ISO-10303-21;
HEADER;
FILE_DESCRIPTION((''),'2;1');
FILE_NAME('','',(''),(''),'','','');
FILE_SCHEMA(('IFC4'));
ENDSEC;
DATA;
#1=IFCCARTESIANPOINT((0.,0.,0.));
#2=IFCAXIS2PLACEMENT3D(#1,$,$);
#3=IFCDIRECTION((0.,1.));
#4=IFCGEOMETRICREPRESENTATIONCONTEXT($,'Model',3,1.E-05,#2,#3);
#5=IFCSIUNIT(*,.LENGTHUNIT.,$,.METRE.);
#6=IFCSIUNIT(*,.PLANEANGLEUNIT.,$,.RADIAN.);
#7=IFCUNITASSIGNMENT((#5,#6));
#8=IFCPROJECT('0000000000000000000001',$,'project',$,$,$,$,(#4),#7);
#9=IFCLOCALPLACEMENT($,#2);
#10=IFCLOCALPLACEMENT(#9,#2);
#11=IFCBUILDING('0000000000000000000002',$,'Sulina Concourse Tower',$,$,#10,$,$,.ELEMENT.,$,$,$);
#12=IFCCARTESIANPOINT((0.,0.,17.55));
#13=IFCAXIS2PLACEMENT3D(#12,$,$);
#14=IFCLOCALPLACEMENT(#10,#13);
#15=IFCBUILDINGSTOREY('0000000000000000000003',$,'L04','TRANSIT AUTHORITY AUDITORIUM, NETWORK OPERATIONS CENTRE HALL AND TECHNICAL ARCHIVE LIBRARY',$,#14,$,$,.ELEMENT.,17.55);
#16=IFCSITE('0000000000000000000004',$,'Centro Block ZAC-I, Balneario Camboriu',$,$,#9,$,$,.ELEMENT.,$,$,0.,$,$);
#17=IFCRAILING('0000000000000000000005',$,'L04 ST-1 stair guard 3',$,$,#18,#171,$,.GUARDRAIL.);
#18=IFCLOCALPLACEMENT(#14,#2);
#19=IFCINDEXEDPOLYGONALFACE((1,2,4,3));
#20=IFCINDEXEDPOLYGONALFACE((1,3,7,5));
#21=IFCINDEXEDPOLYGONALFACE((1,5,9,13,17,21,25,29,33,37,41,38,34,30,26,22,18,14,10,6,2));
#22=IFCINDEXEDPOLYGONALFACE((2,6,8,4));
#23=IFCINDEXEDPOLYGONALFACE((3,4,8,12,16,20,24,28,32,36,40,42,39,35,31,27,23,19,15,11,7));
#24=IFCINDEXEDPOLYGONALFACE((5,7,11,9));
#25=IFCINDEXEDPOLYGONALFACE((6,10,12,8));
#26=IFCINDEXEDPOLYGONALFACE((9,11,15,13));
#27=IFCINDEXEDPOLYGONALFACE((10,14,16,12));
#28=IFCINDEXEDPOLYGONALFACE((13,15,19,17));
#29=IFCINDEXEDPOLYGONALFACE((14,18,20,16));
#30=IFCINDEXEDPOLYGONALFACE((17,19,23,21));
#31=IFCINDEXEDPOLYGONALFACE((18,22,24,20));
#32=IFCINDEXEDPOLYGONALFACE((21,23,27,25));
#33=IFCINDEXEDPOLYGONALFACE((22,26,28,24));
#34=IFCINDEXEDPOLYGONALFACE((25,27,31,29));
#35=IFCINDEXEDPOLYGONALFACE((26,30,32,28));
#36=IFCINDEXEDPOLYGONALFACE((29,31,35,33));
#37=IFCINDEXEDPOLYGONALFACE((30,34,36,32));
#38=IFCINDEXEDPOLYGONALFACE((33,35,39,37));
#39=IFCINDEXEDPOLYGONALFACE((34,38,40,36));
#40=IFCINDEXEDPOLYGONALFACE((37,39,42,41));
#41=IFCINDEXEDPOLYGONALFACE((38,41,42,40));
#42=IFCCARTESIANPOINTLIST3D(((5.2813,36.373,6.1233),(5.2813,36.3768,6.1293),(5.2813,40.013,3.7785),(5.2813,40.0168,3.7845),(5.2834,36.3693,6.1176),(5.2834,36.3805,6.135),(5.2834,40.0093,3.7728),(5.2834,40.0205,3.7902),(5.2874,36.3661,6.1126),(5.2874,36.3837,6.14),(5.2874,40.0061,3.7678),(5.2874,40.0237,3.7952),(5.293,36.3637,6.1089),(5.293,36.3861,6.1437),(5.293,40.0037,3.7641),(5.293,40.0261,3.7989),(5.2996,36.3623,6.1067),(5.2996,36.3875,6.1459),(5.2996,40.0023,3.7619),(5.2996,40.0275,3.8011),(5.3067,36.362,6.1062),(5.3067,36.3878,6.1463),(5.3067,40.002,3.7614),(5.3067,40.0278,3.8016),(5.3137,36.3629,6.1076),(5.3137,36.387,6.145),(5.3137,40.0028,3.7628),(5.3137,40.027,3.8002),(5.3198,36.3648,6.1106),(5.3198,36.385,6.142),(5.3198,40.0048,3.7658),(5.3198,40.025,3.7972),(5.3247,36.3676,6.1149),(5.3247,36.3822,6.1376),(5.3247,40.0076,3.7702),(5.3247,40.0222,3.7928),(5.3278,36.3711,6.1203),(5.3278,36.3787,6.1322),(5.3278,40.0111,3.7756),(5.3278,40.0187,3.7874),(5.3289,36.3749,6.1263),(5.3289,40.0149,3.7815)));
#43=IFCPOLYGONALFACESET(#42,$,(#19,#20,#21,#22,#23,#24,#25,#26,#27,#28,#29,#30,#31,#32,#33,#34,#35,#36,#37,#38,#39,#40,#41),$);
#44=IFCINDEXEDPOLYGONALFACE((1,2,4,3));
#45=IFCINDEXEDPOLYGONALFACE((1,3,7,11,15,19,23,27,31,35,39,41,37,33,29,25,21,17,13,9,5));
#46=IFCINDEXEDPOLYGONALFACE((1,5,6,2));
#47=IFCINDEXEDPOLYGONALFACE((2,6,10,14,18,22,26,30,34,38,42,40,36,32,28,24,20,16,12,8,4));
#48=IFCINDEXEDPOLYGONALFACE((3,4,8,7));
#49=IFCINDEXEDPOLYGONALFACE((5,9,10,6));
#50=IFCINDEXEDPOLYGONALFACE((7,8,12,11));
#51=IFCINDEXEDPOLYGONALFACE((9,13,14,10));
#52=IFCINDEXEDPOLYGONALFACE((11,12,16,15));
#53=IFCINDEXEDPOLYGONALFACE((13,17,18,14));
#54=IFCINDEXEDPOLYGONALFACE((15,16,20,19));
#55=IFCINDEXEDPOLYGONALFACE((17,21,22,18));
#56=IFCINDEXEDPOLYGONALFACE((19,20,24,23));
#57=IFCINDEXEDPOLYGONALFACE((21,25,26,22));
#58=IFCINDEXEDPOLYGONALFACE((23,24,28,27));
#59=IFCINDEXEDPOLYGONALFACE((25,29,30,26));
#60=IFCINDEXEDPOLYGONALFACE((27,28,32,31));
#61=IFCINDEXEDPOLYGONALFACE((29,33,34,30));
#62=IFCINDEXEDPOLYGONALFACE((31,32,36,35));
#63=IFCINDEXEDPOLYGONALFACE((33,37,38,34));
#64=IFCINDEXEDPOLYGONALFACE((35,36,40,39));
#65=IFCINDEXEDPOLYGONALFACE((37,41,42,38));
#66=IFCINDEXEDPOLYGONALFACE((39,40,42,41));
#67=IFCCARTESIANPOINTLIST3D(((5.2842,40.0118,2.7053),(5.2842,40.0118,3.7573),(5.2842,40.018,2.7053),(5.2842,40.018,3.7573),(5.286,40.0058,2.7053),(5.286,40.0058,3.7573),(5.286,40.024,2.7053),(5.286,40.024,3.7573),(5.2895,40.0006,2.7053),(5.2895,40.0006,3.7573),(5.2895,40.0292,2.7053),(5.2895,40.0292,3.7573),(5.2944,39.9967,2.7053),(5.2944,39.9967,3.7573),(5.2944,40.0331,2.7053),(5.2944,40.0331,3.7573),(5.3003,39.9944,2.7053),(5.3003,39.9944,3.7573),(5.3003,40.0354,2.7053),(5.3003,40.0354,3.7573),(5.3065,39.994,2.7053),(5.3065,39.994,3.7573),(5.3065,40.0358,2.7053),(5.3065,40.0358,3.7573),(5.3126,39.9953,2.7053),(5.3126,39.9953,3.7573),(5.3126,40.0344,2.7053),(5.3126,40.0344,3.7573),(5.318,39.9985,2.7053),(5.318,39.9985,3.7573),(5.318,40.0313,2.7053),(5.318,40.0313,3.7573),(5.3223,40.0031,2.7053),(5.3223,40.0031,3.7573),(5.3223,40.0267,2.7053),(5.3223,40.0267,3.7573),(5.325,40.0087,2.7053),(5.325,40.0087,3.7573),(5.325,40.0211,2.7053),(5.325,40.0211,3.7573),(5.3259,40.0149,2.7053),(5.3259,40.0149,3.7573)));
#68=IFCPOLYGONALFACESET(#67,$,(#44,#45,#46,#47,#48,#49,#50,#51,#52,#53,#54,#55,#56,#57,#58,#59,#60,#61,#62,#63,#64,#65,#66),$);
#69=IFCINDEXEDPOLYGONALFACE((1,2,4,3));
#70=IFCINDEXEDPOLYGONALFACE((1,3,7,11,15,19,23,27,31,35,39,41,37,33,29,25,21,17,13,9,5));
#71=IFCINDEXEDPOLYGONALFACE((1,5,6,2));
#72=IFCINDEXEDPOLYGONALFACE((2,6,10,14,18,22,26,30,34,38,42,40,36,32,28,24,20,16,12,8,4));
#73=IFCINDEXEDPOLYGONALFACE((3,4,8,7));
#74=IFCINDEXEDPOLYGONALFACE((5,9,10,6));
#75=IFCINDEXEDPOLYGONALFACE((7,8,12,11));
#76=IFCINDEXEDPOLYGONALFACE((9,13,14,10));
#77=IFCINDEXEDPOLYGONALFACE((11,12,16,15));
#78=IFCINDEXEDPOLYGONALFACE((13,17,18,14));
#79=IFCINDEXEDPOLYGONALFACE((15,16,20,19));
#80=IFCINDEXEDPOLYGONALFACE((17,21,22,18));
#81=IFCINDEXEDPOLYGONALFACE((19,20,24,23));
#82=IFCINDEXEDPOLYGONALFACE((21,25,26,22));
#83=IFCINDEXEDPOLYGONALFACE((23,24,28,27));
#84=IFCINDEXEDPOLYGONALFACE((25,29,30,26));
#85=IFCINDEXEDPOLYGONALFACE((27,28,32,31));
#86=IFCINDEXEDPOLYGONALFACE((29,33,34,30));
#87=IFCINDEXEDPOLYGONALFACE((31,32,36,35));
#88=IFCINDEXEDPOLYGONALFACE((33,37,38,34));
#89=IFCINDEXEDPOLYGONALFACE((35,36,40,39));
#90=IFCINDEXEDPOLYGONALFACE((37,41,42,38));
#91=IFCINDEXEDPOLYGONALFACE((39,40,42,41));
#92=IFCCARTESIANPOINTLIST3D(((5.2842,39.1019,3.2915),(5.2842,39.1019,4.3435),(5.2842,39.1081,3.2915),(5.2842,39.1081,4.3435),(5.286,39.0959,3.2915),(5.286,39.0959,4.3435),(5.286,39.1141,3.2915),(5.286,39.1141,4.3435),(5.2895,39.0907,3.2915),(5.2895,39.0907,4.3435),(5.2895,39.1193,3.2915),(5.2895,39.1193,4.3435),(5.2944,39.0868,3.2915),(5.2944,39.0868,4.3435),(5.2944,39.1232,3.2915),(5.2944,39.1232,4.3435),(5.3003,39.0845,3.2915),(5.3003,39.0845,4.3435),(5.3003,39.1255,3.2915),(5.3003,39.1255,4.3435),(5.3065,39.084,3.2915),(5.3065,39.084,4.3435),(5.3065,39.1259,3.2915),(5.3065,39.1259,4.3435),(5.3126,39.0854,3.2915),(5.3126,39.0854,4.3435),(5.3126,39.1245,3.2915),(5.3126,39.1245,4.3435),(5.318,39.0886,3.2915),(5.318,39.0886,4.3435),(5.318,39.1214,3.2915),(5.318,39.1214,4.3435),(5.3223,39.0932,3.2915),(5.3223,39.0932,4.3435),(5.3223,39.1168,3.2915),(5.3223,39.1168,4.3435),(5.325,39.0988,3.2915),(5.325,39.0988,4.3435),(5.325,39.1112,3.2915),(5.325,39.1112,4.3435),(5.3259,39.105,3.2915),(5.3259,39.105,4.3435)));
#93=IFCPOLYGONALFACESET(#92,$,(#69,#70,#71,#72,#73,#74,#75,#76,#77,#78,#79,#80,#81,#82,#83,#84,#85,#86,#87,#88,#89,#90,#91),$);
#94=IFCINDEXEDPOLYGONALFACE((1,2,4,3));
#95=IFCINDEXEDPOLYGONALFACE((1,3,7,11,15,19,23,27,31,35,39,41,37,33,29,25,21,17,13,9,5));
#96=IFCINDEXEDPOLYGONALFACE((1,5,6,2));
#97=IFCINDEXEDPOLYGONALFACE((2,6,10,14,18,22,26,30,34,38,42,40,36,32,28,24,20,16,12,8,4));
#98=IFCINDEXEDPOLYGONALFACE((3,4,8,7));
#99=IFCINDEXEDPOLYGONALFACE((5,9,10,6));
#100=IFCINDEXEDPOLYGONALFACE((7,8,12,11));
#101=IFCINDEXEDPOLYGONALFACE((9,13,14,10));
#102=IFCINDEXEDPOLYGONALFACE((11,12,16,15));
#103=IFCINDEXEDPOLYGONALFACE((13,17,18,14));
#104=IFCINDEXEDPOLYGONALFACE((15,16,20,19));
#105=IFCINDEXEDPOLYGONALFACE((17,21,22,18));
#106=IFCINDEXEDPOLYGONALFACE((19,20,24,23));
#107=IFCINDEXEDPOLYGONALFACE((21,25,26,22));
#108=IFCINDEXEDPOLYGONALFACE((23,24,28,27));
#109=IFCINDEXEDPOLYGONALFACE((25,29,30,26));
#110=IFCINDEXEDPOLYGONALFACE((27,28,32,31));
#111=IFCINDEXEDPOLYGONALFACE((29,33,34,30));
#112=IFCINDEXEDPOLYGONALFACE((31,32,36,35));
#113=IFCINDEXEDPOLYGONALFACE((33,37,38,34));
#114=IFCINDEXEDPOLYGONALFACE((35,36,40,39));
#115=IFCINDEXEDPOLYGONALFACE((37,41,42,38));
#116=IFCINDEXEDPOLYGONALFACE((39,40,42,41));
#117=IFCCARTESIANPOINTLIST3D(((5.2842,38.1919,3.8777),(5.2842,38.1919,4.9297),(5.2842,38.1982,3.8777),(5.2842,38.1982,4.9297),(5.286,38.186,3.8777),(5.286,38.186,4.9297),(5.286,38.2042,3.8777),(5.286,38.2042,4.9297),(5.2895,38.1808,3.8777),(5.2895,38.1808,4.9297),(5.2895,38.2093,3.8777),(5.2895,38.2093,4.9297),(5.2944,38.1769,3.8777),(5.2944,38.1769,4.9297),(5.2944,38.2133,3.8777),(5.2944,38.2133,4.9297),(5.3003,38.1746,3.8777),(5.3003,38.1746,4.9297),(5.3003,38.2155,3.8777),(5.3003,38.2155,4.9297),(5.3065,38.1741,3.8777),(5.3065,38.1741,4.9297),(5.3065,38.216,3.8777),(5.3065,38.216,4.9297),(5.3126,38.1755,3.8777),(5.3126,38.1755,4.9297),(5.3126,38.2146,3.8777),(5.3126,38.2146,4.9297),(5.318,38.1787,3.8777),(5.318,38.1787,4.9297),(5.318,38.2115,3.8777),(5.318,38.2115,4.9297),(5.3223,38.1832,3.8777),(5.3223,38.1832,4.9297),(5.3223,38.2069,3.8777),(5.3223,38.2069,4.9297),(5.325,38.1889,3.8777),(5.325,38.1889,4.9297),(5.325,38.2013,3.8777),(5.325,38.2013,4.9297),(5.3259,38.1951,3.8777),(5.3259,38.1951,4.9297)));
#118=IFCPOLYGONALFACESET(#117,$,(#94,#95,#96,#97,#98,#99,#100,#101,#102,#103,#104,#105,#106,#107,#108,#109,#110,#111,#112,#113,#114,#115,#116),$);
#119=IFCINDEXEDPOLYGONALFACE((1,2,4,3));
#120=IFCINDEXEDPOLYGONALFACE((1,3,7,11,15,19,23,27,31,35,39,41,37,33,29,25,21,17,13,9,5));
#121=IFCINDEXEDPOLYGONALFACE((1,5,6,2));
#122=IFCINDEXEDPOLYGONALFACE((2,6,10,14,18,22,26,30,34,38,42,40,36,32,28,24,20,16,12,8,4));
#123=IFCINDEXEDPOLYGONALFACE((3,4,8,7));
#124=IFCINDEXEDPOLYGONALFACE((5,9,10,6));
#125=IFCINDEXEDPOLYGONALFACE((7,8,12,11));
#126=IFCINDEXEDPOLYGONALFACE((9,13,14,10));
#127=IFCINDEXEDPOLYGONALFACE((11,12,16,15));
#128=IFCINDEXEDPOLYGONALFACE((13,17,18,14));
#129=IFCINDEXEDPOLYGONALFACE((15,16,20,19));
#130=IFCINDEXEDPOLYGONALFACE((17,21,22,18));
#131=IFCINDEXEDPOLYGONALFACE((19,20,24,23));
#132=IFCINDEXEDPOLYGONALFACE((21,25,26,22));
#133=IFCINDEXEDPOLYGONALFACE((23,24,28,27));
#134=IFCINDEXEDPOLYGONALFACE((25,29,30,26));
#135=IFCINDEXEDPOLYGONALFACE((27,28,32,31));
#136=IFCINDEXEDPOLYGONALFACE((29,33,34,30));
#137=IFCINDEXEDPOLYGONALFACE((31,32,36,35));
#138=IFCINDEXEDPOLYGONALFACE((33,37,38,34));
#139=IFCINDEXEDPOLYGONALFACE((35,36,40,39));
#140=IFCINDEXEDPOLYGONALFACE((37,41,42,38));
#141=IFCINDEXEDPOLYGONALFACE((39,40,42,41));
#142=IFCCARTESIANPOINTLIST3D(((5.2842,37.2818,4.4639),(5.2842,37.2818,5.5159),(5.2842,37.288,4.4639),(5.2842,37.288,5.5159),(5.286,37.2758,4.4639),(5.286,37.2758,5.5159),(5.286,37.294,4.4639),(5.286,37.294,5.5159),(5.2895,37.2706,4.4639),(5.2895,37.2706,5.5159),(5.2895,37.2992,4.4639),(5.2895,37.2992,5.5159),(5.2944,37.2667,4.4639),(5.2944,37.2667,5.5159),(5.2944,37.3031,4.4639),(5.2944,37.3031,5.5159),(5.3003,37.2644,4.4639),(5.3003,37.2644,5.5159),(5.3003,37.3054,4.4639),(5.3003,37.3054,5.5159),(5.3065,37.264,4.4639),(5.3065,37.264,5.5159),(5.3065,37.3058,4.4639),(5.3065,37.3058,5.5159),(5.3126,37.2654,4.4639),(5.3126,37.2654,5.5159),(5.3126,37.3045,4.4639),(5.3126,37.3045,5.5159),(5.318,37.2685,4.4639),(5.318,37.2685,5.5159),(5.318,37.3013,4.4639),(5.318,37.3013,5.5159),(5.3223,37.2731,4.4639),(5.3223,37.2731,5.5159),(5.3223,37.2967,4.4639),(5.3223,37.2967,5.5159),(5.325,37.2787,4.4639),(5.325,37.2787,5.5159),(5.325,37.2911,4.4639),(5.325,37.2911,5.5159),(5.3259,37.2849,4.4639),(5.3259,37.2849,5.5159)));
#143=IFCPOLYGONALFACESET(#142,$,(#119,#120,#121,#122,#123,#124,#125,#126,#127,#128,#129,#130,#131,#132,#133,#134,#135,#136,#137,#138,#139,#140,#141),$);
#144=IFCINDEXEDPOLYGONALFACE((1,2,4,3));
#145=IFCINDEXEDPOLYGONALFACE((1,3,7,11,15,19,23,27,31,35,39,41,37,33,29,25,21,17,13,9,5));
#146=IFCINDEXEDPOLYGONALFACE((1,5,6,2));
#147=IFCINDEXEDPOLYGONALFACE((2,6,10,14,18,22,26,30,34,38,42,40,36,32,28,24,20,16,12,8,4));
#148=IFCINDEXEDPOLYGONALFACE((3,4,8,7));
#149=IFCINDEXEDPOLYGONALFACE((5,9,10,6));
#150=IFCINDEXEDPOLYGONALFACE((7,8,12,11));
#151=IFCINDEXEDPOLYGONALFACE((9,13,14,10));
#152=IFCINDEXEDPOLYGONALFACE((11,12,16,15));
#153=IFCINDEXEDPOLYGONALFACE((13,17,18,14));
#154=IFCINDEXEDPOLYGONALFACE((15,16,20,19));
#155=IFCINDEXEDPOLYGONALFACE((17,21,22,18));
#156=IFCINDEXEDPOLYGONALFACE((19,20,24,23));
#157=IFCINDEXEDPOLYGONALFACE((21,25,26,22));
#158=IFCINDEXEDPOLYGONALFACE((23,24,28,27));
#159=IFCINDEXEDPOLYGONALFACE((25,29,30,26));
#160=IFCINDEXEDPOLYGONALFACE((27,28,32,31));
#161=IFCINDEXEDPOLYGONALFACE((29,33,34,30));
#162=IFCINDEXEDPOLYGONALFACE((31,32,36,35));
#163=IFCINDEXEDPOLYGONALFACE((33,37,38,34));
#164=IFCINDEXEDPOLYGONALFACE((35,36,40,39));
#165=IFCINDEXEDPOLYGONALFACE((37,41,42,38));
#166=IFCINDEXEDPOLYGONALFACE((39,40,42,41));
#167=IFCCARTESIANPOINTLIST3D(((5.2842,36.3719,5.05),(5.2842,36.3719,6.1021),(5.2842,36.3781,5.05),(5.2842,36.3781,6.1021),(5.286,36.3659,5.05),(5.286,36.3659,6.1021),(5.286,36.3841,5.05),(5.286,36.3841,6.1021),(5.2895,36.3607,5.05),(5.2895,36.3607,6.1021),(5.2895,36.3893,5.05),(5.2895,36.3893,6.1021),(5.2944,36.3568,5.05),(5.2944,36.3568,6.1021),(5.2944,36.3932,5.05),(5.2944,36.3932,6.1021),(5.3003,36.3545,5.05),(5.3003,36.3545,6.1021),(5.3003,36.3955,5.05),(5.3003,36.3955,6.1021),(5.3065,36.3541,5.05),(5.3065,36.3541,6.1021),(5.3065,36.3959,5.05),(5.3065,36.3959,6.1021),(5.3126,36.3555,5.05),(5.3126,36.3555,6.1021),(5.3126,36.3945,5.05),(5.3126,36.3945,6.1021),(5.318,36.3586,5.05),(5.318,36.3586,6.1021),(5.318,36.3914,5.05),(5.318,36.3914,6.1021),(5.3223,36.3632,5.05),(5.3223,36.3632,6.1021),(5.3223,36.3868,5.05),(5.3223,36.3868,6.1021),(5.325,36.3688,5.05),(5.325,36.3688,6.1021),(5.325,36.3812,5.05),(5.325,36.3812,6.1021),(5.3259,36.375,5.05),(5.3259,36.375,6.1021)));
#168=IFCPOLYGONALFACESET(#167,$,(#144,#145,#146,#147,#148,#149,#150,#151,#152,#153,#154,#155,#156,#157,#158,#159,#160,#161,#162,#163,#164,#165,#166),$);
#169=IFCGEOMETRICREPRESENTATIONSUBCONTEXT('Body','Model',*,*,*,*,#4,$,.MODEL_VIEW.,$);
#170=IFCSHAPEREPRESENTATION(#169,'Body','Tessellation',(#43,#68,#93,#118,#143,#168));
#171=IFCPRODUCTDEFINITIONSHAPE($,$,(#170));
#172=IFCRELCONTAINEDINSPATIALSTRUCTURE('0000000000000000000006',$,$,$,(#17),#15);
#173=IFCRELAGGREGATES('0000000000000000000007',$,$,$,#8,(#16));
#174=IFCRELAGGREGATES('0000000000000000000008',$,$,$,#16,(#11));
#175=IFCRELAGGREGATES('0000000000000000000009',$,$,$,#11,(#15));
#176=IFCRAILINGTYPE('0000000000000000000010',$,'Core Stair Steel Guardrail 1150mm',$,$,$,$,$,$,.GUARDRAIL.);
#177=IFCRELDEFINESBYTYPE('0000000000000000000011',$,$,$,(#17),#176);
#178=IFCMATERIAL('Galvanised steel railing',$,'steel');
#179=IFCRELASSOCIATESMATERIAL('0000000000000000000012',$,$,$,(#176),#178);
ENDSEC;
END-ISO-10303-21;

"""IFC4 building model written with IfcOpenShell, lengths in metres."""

from ifc_helpers import new_model, si_unit, direction, frame, origin, origin_2d, place, context, subcontext, project, spatial, circle, extrude, material, type_object, element, save


model = new_model("IFC4")

# Units and contexts
model_context = context("Model", 3, precision=1e-05, world=origin(), true_north=direction((0.0, 1.0)))
body_context = subcontext(model_context, "Body", "Model", "MODEL_VIEW")
ifc_project = project(units=[si_unit("LENGTHUNIT", "METRE"), si_unit("PLANEANGLEUNIT", "RADIAN")], contexts=[model_context])

# Site, building, storey
site_placement = place(None, origin())
site = spatial("IfcSite", under=ifc_project, at=site_placement, Name="Centro Block ZAC-I, Balneario Camboriu", CompositionType="ELEMENT", RefElevation=0.0)
building_placement = place(site_placement, origin())
building = spatial("IfcBuilding", under=site, at=building_placement, Name="Sulina Concourse Tower", CompositionType="ELEMENT")
storey_placement = place(building_placement, frame((0.0, 0.0, 17.55)))
storey = spatial("IfcBuildingStorey", under=building, at=storey_placement, Name="L04", Description="TRANSIT AUTHORITY AUDITORIUM, NETWORK OPERATIONS CENTRE HALL AND TECHNICAL ARCHIVE LIBRARY", CompositionType="ELEMENT", Elevation=17.55)

# Railing
ifc_material_1 = material(Name="Galvanised steel railing", Category="steel")
railing_type_1 = type_object("IfcRailingType", Name="Core Stair Steel Guardrail 1150mm", PredefinedType="GUARDRAIL", material=ifc_material_1)
railing_1_placement = place(storey_placement, frame((5.3049, 40.0149, 2.7053)))
element("IfcRailing", 1, at=railing_1_placement, inside=storey, type_object=railing_type_1, Name="L04 ST-1 stair guard 3", PredefinedType="GUARDRAIL", context=body_context, shape_type="SweptSolid", body=[
    extrude(circle(Radius=0.0239, at=origin_2d()), frame((0.0, 0.0, 1.0762), z_axis=(0.0, -0.840674, 0.541541), x_axis=(1.0, 0.0, 0.0)), (0.0, 0.0, 1.0), 4.3298),
    extrude(circle(Radius=0.021, at=origin_2d()), origin(), (0.0, 0.0, 1.0), 1.052),
    extrude(circle(Radius=0.021, at=origin_2d()), frame((0.0, -0.9099, 0.5862)), (0.0, 0.0, 1.0), 1.052),
    extrude(circle(Radius=0.021, at=origin_2d()), frame((0.0, -1.8198, 1.1724)), (0.0, 0.0, 1.0), 1.052),
    extrude(circle(Radius=0.021, at=origin_2d()), frame((0.0, -2.73, 1.7585)), (0.0, 0.0, 1.0), 1.052),
    extrude(circle(Radius=0.021, at=origin_2d()), frame((0.0, -3.6399, 2.3447)), (0.0, 0.0, 1.0), 1.052),
])

save(model, "model.ifc")
